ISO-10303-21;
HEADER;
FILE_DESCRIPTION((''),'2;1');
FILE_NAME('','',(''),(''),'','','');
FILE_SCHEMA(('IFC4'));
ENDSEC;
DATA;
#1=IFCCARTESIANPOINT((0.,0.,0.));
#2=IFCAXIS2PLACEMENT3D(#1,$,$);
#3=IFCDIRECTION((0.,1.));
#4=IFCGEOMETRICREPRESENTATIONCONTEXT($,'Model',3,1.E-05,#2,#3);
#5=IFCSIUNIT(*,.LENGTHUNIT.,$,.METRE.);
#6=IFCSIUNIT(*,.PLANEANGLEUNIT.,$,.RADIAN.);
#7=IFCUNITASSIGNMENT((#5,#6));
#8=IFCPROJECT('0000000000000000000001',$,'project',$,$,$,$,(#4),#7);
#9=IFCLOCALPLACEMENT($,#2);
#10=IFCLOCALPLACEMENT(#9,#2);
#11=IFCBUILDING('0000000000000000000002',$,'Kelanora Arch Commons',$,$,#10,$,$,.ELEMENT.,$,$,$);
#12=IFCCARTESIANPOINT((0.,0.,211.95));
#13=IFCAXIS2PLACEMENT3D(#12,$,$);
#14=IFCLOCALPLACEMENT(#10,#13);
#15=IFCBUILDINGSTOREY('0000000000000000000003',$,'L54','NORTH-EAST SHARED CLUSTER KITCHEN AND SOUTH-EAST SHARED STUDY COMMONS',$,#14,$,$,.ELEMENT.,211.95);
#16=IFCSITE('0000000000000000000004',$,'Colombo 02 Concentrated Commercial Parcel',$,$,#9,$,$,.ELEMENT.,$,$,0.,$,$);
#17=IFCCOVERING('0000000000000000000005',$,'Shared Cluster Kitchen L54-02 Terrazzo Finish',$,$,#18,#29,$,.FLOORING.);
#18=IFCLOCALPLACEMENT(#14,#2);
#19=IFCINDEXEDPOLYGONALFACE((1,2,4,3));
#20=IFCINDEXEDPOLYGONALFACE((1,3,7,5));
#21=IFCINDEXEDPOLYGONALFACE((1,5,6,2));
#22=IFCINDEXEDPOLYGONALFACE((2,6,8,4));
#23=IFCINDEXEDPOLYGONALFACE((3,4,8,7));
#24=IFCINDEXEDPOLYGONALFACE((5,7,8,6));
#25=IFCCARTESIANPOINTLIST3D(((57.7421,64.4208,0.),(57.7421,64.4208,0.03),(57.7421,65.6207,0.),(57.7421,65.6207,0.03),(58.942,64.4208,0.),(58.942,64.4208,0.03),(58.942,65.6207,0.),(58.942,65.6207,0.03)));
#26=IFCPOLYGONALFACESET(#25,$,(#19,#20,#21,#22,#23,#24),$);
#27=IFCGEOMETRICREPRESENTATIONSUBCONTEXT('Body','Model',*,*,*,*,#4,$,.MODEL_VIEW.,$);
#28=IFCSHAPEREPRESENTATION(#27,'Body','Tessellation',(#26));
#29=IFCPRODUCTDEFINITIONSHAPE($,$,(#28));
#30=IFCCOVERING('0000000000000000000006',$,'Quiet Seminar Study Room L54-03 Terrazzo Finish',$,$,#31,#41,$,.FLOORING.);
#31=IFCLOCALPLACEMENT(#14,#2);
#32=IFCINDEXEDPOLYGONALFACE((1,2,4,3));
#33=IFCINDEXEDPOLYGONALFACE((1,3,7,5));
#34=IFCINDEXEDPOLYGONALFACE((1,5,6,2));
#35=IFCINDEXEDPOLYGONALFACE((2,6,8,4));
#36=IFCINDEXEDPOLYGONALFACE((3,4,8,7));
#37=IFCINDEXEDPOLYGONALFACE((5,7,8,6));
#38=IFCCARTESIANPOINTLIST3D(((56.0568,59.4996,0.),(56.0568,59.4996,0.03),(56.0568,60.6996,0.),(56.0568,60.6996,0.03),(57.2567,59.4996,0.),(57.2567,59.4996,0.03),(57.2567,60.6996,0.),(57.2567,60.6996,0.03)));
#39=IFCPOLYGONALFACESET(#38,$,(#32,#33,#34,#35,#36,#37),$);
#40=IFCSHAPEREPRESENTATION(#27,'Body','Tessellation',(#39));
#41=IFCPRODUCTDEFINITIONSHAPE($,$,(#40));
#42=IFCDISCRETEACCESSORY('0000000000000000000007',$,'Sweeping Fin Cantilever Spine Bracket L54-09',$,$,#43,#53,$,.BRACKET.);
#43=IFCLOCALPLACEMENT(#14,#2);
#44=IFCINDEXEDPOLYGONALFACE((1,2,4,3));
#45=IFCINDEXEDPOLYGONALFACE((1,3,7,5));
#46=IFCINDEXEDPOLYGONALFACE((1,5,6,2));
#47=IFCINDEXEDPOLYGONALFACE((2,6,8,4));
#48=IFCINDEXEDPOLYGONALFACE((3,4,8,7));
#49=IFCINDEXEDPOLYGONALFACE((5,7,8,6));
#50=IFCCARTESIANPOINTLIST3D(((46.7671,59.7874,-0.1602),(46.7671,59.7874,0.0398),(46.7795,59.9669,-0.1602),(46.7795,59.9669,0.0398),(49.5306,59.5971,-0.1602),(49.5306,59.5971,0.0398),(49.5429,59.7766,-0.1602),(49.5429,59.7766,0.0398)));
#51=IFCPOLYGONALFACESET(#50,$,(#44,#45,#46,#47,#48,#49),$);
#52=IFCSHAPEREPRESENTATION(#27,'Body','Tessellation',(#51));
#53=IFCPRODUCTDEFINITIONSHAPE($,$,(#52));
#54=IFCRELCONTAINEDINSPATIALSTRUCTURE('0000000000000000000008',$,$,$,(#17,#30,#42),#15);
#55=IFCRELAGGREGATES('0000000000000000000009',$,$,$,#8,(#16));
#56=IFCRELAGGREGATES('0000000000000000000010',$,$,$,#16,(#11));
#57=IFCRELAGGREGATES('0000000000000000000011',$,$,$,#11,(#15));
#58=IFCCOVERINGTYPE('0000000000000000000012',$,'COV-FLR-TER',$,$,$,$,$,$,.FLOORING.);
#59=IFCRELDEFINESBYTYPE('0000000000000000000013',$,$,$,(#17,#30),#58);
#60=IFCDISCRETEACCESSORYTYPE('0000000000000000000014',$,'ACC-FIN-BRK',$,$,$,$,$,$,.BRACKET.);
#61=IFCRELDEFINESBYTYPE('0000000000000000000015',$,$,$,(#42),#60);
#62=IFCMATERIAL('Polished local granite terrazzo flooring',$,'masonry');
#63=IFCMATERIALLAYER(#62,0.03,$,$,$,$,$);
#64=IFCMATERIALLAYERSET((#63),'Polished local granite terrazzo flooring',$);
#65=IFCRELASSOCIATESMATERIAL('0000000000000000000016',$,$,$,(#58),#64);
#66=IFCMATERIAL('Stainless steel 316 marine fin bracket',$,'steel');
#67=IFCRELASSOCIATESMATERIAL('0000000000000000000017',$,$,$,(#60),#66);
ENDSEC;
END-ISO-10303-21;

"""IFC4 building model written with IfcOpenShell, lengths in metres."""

from ifc_helpers import new_model, si_unit, direction, frame, origin, origin_2d, place, context, subcontext, project, spatial, rectangle, extrude, source, transform, mapped, material, layer, layer_set, type_object, element, save


model = new_model("IFC4")

# Units and contexts
model_context = context("Model", 3, precision=1e-05, world=origin(), true_north=direction((0.0, 1.0)))
body_context = subcontext(model_context, "Body", "Model", "MODEL_VIEW")
ifc_project = project(units=[si_unit("LENGTHUNIT", "METRE"), si_unit("PLANEANGLEUNIT", "RADIAN")], contexts=[model_context])

# Site, building, storey
site_placement = place(None, origin())
site = spatial("IfcSite", under=ifc_project, at=site_placement, Name="Colombo 02 Concentrated Commercial Parcel", CompositionType="ELEMENT", RefElevation=0.0)
building_placement = place(site_placement, origin())
building = spatial("IfcBuilding", under=site, at=building_placement, Name="Kelanora Arch Commons", CompositionType="ELEMENT")
storey_placement = place(building_placement, frame((0.0, 0.0, 211.95)))
storey = spatial("IfcBuildingStorey", under=building, at=storey_placement, Name="L54", Description="NORTH-EAST SHARED CLUSTER KITCHEN AND SOUTH-EAST SHARED STUDY COMMONS", CompositionType="ELEMENT", Elevation=211.95)

# Coverings
ifc_material_1 = material(Name="Polished local granite terrazzo flooring", Category="masonry")
ifc_layer_1 = layer(ifc_material_1, 0.03)
ifc_layer_set_1 = layer_set([ifc_layer_1], Name="Polished local granite terrazzo flooring")
covering_type = type_object("IfcCoveringType", Name="COV-FLR-TER", PredefinedType="FLOORING", material=ifc_layer_set_1)
shared_shape_1 = source(origin(), body_context, "Body", "SweptSolid", [
    extrude(rectangle(XDim=1.2, YDim=1.2, at=origin_2d()), origin(), (0.0, 0.0, 1.0), 0.03),
])
for number, where, z_axis, x_axis, name in (
    (1, (58.342, 65.0208, 0.0), (0.0, 0.0, 1.0), (1.0, 0.0, 0.0), "Shared Cluster Kitchen L54-02 Terrazzo Finish"),
    (2, (56.6567, 60.0996, 0.0), (0.0, 0.0, 1.0), (1.0, 0.0, 0.0), "Quiet Seminar Study Room L54-03 Terrazzo Finish"),
):
    element("IfcCovering", number, at=place(storey_placement, frame(where, z_axis=z_axis, x_axis=x_axis)), inside=storey, type_object=covering_type, Name=name, PredefinedType="FLOORING", context=body_context, shape_type="MappedRepresentation", body=[
        mapped(shared_shape_1, transform((0.0, 0.0, 0.0), scale=1.0)),
    ])

# Discrete accessory
ifc_material_2 = material(Name="Stainless steel 316 marine fin bracket", Category="steel")
discrete_accessory_type = type_object("IfcDiscreteAccessoryType", Name="ACC-FIN-BRK", PredefinedType="BRACKET", material=ifc_material_2)
shared_shape_2 = source(origin(), body_context, "Body", "SweptSolid", [
    extrude(rectangle(XDim=2.77, YDim=0.1799, at=origin_2d()), origin(), (0.0, 0.0, 1.0), 0.2),
])
discrete_accessory_placement = place(storey_placement, frame((48.155, 59.782, -0.1602), z_axis=(0.0, 0.0, 1.0), x_axis=(-0.997637, 0.068712, 0.0)))
element("IfcDiscreteAccessory", 3, at=discrete_accessory_placement, inside=storey, type_object=discrete_accessory_type, Name="Sweeping Fin Cantilever Spine Bracket L54-09", PredefinedType="BRACKET", context=body_context, shape_type="MappedRepresentation", body=[
    mapped(shared_shape_2, transform((0.0, 0.0, 0.0), scale=1.0)),
])

save(model, "model.ifc")
